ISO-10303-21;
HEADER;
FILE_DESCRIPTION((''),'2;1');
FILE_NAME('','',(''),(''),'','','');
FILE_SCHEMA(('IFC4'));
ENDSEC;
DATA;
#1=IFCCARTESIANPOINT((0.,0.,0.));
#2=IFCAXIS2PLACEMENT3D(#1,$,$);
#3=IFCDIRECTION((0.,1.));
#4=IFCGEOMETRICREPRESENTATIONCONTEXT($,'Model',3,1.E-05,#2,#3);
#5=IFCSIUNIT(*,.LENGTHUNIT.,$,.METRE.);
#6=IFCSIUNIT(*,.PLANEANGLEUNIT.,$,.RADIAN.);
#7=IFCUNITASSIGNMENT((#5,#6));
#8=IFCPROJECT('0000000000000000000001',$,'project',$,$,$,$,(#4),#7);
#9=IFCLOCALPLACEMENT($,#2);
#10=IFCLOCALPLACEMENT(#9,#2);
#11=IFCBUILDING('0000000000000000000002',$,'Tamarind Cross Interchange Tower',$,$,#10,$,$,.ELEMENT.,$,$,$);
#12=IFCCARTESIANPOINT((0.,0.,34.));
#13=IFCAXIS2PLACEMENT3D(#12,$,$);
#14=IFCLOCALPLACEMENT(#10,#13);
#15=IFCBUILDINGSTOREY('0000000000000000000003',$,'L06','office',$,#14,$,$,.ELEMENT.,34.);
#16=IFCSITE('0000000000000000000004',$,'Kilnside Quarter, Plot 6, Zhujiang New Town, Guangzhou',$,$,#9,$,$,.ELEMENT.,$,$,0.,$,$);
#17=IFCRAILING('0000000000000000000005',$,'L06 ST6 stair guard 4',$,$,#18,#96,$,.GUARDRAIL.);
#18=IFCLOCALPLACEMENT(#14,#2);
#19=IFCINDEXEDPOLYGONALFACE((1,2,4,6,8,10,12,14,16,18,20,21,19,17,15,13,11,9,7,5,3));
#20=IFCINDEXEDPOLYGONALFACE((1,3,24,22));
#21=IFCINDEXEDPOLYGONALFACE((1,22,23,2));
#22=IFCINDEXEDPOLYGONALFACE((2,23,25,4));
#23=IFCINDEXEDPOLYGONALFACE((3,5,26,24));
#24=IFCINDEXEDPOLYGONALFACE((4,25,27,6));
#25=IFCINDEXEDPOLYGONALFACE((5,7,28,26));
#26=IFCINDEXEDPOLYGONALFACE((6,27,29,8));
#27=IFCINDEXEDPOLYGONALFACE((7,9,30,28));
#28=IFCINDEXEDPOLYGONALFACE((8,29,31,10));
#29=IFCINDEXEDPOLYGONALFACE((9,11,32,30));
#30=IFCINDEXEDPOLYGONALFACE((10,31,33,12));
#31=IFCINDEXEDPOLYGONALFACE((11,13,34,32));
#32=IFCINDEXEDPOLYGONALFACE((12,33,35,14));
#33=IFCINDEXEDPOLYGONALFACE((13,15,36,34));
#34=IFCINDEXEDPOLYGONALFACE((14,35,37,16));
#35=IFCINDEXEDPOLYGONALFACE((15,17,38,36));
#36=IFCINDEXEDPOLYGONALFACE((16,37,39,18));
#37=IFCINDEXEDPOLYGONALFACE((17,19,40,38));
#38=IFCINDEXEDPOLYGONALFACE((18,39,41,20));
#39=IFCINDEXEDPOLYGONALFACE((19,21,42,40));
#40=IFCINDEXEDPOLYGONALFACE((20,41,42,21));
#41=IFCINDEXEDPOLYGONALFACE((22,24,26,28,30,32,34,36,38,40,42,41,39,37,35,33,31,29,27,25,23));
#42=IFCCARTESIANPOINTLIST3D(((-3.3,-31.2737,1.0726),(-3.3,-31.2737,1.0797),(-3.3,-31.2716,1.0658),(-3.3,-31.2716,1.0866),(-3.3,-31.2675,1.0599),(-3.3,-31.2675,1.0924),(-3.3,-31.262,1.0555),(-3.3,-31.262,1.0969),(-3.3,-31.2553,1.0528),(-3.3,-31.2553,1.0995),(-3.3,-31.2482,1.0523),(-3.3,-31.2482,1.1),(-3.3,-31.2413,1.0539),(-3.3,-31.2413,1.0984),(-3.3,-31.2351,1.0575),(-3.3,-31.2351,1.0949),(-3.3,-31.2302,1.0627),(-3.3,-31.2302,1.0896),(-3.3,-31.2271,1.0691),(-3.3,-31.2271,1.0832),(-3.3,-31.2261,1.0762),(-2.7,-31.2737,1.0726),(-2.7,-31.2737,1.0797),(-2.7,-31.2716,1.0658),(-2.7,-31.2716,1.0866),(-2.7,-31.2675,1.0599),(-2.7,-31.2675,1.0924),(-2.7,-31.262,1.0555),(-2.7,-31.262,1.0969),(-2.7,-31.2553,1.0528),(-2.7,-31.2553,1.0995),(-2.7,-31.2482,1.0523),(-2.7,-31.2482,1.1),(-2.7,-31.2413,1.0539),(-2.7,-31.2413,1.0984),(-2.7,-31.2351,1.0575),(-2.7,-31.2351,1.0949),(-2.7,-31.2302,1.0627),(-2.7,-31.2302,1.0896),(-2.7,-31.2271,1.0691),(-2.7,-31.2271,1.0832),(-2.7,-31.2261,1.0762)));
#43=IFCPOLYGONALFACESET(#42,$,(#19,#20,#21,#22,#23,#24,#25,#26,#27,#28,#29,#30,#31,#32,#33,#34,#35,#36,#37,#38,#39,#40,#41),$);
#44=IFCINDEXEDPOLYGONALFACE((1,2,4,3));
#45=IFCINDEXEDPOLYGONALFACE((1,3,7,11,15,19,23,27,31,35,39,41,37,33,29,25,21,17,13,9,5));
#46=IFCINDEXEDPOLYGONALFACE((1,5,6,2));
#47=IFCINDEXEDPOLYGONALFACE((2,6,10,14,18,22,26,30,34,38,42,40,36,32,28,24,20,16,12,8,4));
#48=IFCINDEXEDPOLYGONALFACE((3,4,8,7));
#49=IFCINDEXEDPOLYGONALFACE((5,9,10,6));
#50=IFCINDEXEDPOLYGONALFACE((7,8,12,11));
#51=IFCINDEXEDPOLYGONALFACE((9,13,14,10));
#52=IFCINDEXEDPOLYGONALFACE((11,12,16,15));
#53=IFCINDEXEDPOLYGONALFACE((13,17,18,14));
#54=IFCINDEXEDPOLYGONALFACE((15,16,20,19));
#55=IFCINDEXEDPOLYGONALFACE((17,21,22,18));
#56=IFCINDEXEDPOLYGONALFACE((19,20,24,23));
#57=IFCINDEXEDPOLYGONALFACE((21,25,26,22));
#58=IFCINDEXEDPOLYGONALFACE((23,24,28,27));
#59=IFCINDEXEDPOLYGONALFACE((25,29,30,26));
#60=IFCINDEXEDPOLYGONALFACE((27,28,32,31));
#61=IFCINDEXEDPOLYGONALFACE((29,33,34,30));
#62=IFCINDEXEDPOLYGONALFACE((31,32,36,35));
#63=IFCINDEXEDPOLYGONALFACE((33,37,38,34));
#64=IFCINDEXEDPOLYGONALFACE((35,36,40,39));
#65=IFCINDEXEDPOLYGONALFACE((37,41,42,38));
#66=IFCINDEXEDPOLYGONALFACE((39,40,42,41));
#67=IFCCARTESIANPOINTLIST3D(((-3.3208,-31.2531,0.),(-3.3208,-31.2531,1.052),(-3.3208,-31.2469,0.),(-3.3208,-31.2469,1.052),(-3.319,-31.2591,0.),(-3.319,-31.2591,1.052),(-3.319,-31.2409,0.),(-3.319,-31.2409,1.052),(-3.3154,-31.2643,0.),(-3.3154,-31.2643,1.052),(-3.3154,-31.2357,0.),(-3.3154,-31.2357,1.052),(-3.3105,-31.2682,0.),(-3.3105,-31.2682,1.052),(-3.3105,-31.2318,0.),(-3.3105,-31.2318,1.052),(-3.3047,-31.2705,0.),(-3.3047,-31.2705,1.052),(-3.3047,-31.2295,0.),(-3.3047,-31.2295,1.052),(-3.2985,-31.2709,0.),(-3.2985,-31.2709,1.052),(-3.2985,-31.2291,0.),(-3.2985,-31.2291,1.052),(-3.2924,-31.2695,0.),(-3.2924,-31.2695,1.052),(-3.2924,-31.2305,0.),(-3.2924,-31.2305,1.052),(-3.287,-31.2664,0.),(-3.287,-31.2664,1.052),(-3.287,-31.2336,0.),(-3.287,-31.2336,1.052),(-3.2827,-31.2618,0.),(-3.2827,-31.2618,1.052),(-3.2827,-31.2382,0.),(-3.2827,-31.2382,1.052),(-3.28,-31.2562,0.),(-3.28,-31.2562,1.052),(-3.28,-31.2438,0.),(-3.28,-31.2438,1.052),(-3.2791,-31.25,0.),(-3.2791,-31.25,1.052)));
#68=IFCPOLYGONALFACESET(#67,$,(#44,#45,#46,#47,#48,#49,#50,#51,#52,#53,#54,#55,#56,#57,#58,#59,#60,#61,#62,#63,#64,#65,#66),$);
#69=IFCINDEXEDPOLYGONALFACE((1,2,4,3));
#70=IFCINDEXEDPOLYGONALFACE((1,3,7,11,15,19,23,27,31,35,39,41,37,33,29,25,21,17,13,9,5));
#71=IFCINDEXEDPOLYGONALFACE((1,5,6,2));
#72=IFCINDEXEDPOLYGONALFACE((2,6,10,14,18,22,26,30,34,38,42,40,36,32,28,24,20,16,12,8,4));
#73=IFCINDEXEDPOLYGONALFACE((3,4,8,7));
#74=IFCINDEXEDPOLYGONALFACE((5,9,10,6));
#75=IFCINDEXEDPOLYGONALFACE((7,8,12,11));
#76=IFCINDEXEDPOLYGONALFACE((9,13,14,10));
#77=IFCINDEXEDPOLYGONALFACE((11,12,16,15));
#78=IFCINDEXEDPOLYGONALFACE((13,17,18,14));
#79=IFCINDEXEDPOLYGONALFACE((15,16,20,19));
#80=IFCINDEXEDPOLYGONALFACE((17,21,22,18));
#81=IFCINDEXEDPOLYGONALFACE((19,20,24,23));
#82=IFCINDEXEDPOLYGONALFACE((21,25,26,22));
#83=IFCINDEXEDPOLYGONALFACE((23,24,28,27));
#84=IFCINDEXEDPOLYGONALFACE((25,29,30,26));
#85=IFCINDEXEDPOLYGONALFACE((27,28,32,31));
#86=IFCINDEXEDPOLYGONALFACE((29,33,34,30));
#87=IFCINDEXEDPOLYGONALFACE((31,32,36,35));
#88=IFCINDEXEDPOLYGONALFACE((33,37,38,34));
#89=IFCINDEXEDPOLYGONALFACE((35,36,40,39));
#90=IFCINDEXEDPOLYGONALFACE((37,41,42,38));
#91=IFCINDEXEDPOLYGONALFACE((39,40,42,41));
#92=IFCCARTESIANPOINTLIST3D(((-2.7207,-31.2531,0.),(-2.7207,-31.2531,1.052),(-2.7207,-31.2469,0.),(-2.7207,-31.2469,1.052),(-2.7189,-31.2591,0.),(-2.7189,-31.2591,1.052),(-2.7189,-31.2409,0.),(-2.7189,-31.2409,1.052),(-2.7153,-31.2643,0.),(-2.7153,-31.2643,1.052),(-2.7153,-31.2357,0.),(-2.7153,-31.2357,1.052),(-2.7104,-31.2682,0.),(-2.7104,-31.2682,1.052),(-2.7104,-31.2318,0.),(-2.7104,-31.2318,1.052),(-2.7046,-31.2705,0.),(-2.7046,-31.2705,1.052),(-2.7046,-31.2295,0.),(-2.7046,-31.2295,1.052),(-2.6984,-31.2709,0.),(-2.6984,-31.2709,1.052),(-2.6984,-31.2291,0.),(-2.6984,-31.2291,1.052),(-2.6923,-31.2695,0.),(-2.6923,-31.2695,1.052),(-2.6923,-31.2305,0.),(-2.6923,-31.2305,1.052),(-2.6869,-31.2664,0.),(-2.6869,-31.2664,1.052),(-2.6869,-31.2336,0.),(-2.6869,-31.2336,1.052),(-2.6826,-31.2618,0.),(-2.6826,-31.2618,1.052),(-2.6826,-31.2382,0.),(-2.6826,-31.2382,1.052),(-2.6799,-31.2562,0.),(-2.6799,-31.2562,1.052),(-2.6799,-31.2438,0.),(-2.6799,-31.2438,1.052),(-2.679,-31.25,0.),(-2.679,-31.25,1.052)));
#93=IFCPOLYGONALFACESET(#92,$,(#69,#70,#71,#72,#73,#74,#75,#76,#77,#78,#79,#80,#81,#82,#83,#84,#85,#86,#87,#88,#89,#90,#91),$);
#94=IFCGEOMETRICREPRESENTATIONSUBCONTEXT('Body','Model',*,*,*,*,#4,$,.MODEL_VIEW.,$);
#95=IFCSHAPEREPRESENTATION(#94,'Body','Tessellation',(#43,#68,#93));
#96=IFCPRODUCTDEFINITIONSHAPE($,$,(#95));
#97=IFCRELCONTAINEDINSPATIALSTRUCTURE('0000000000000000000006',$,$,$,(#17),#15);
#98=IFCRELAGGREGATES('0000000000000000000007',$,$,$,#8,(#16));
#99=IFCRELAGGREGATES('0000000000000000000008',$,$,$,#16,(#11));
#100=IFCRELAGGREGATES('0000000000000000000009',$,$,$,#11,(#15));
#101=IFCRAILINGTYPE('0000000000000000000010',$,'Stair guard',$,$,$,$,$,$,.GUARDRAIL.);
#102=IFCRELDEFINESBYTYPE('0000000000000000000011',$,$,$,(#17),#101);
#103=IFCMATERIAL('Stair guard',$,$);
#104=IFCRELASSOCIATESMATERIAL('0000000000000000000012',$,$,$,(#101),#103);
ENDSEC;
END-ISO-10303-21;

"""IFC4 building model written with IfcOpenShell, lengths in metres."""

from ifc_helpers import new_model, si_unit, direction, frame, origin, origin_2d, place, context, subcontext, project, spatial, circle, extrude, material, type_object, element, save


model = new_model("IFC4")

# Units and contexts
model_context = context("Model", 3, precision=1e-05, world=origin(), true_north=direction((0.0, 1.0)))
body_context = subcontext(model_context, "Body", "Model", "MODEL_VIEW")
ifc_project = project(units=[si_unit("LENGTHUNIT", "METRE"), si_unit("PLANEANGLEUNIT", "RADIAN")], contexts=[model_context])

# Site, building, storey
site_placement = place(None, origin())
site = spatial("IfcSite", under=ifc_project, at=site_placement, Name="Kilnside Quarter, Plot 6, Zhujiang New Town, Guangzhou", CompositionType="ELEMENT", RefElevation=0.0)
building_placement = place(site_placement, origin())
building = spatial("IfcBuilding", under=site, at=building_placement, Name="Tamarind Cross Interchange Tower", CompositionType="ELEMENT")
storey_placement = place(building_placement, frame((0.0, 0.0, 34.0)))
storey = spatial("IfcBuildingStorey", under=building, at=storey_placement, Name="L06", Description="office", CompositionType="ELEMENT", Elevation=34.0)

# Railing
ifc_material_1 = material(Name="Stair guard")
railing_type_1 = type_object("IfcRailingType", Name="Stair guard", PredefinedType="GUARDRAIL", material=ifc_material_1)
railing_1_placement = place(storey_placement, frame((-3.3, -31.25, 0.0)))
element("IfcRailing", 1, at=railing_1_placement, inside=storey, type_object=railing_type_1, Name="L06 ST6 stair guard 4", PredefinedType="GUARDRAIL", context=body_context, shape_type="SweptSolid", body=[
    extrude(circle(Radius=0.0239, at=origin_2d()), frame((0.0, 0.0, 1.0762), z_axis=(1.0, 0.0, 0.0), x_axis=(0.0, 1.0, 0.0)), (0.0, 0.0, 1.0), 0.6001),
    extrude(circle(Radius=0.021, at=origin_2d()), origin(), (0.0, 0.0, 1.0), 1.052),
    extrude(circle(Radius=0.021, at=origin_2d()), frame((0.6001, 0.0, 0.0)), (0.0, 0.0, 1.0), 1.052),
])

save(model, "model.ifc")
